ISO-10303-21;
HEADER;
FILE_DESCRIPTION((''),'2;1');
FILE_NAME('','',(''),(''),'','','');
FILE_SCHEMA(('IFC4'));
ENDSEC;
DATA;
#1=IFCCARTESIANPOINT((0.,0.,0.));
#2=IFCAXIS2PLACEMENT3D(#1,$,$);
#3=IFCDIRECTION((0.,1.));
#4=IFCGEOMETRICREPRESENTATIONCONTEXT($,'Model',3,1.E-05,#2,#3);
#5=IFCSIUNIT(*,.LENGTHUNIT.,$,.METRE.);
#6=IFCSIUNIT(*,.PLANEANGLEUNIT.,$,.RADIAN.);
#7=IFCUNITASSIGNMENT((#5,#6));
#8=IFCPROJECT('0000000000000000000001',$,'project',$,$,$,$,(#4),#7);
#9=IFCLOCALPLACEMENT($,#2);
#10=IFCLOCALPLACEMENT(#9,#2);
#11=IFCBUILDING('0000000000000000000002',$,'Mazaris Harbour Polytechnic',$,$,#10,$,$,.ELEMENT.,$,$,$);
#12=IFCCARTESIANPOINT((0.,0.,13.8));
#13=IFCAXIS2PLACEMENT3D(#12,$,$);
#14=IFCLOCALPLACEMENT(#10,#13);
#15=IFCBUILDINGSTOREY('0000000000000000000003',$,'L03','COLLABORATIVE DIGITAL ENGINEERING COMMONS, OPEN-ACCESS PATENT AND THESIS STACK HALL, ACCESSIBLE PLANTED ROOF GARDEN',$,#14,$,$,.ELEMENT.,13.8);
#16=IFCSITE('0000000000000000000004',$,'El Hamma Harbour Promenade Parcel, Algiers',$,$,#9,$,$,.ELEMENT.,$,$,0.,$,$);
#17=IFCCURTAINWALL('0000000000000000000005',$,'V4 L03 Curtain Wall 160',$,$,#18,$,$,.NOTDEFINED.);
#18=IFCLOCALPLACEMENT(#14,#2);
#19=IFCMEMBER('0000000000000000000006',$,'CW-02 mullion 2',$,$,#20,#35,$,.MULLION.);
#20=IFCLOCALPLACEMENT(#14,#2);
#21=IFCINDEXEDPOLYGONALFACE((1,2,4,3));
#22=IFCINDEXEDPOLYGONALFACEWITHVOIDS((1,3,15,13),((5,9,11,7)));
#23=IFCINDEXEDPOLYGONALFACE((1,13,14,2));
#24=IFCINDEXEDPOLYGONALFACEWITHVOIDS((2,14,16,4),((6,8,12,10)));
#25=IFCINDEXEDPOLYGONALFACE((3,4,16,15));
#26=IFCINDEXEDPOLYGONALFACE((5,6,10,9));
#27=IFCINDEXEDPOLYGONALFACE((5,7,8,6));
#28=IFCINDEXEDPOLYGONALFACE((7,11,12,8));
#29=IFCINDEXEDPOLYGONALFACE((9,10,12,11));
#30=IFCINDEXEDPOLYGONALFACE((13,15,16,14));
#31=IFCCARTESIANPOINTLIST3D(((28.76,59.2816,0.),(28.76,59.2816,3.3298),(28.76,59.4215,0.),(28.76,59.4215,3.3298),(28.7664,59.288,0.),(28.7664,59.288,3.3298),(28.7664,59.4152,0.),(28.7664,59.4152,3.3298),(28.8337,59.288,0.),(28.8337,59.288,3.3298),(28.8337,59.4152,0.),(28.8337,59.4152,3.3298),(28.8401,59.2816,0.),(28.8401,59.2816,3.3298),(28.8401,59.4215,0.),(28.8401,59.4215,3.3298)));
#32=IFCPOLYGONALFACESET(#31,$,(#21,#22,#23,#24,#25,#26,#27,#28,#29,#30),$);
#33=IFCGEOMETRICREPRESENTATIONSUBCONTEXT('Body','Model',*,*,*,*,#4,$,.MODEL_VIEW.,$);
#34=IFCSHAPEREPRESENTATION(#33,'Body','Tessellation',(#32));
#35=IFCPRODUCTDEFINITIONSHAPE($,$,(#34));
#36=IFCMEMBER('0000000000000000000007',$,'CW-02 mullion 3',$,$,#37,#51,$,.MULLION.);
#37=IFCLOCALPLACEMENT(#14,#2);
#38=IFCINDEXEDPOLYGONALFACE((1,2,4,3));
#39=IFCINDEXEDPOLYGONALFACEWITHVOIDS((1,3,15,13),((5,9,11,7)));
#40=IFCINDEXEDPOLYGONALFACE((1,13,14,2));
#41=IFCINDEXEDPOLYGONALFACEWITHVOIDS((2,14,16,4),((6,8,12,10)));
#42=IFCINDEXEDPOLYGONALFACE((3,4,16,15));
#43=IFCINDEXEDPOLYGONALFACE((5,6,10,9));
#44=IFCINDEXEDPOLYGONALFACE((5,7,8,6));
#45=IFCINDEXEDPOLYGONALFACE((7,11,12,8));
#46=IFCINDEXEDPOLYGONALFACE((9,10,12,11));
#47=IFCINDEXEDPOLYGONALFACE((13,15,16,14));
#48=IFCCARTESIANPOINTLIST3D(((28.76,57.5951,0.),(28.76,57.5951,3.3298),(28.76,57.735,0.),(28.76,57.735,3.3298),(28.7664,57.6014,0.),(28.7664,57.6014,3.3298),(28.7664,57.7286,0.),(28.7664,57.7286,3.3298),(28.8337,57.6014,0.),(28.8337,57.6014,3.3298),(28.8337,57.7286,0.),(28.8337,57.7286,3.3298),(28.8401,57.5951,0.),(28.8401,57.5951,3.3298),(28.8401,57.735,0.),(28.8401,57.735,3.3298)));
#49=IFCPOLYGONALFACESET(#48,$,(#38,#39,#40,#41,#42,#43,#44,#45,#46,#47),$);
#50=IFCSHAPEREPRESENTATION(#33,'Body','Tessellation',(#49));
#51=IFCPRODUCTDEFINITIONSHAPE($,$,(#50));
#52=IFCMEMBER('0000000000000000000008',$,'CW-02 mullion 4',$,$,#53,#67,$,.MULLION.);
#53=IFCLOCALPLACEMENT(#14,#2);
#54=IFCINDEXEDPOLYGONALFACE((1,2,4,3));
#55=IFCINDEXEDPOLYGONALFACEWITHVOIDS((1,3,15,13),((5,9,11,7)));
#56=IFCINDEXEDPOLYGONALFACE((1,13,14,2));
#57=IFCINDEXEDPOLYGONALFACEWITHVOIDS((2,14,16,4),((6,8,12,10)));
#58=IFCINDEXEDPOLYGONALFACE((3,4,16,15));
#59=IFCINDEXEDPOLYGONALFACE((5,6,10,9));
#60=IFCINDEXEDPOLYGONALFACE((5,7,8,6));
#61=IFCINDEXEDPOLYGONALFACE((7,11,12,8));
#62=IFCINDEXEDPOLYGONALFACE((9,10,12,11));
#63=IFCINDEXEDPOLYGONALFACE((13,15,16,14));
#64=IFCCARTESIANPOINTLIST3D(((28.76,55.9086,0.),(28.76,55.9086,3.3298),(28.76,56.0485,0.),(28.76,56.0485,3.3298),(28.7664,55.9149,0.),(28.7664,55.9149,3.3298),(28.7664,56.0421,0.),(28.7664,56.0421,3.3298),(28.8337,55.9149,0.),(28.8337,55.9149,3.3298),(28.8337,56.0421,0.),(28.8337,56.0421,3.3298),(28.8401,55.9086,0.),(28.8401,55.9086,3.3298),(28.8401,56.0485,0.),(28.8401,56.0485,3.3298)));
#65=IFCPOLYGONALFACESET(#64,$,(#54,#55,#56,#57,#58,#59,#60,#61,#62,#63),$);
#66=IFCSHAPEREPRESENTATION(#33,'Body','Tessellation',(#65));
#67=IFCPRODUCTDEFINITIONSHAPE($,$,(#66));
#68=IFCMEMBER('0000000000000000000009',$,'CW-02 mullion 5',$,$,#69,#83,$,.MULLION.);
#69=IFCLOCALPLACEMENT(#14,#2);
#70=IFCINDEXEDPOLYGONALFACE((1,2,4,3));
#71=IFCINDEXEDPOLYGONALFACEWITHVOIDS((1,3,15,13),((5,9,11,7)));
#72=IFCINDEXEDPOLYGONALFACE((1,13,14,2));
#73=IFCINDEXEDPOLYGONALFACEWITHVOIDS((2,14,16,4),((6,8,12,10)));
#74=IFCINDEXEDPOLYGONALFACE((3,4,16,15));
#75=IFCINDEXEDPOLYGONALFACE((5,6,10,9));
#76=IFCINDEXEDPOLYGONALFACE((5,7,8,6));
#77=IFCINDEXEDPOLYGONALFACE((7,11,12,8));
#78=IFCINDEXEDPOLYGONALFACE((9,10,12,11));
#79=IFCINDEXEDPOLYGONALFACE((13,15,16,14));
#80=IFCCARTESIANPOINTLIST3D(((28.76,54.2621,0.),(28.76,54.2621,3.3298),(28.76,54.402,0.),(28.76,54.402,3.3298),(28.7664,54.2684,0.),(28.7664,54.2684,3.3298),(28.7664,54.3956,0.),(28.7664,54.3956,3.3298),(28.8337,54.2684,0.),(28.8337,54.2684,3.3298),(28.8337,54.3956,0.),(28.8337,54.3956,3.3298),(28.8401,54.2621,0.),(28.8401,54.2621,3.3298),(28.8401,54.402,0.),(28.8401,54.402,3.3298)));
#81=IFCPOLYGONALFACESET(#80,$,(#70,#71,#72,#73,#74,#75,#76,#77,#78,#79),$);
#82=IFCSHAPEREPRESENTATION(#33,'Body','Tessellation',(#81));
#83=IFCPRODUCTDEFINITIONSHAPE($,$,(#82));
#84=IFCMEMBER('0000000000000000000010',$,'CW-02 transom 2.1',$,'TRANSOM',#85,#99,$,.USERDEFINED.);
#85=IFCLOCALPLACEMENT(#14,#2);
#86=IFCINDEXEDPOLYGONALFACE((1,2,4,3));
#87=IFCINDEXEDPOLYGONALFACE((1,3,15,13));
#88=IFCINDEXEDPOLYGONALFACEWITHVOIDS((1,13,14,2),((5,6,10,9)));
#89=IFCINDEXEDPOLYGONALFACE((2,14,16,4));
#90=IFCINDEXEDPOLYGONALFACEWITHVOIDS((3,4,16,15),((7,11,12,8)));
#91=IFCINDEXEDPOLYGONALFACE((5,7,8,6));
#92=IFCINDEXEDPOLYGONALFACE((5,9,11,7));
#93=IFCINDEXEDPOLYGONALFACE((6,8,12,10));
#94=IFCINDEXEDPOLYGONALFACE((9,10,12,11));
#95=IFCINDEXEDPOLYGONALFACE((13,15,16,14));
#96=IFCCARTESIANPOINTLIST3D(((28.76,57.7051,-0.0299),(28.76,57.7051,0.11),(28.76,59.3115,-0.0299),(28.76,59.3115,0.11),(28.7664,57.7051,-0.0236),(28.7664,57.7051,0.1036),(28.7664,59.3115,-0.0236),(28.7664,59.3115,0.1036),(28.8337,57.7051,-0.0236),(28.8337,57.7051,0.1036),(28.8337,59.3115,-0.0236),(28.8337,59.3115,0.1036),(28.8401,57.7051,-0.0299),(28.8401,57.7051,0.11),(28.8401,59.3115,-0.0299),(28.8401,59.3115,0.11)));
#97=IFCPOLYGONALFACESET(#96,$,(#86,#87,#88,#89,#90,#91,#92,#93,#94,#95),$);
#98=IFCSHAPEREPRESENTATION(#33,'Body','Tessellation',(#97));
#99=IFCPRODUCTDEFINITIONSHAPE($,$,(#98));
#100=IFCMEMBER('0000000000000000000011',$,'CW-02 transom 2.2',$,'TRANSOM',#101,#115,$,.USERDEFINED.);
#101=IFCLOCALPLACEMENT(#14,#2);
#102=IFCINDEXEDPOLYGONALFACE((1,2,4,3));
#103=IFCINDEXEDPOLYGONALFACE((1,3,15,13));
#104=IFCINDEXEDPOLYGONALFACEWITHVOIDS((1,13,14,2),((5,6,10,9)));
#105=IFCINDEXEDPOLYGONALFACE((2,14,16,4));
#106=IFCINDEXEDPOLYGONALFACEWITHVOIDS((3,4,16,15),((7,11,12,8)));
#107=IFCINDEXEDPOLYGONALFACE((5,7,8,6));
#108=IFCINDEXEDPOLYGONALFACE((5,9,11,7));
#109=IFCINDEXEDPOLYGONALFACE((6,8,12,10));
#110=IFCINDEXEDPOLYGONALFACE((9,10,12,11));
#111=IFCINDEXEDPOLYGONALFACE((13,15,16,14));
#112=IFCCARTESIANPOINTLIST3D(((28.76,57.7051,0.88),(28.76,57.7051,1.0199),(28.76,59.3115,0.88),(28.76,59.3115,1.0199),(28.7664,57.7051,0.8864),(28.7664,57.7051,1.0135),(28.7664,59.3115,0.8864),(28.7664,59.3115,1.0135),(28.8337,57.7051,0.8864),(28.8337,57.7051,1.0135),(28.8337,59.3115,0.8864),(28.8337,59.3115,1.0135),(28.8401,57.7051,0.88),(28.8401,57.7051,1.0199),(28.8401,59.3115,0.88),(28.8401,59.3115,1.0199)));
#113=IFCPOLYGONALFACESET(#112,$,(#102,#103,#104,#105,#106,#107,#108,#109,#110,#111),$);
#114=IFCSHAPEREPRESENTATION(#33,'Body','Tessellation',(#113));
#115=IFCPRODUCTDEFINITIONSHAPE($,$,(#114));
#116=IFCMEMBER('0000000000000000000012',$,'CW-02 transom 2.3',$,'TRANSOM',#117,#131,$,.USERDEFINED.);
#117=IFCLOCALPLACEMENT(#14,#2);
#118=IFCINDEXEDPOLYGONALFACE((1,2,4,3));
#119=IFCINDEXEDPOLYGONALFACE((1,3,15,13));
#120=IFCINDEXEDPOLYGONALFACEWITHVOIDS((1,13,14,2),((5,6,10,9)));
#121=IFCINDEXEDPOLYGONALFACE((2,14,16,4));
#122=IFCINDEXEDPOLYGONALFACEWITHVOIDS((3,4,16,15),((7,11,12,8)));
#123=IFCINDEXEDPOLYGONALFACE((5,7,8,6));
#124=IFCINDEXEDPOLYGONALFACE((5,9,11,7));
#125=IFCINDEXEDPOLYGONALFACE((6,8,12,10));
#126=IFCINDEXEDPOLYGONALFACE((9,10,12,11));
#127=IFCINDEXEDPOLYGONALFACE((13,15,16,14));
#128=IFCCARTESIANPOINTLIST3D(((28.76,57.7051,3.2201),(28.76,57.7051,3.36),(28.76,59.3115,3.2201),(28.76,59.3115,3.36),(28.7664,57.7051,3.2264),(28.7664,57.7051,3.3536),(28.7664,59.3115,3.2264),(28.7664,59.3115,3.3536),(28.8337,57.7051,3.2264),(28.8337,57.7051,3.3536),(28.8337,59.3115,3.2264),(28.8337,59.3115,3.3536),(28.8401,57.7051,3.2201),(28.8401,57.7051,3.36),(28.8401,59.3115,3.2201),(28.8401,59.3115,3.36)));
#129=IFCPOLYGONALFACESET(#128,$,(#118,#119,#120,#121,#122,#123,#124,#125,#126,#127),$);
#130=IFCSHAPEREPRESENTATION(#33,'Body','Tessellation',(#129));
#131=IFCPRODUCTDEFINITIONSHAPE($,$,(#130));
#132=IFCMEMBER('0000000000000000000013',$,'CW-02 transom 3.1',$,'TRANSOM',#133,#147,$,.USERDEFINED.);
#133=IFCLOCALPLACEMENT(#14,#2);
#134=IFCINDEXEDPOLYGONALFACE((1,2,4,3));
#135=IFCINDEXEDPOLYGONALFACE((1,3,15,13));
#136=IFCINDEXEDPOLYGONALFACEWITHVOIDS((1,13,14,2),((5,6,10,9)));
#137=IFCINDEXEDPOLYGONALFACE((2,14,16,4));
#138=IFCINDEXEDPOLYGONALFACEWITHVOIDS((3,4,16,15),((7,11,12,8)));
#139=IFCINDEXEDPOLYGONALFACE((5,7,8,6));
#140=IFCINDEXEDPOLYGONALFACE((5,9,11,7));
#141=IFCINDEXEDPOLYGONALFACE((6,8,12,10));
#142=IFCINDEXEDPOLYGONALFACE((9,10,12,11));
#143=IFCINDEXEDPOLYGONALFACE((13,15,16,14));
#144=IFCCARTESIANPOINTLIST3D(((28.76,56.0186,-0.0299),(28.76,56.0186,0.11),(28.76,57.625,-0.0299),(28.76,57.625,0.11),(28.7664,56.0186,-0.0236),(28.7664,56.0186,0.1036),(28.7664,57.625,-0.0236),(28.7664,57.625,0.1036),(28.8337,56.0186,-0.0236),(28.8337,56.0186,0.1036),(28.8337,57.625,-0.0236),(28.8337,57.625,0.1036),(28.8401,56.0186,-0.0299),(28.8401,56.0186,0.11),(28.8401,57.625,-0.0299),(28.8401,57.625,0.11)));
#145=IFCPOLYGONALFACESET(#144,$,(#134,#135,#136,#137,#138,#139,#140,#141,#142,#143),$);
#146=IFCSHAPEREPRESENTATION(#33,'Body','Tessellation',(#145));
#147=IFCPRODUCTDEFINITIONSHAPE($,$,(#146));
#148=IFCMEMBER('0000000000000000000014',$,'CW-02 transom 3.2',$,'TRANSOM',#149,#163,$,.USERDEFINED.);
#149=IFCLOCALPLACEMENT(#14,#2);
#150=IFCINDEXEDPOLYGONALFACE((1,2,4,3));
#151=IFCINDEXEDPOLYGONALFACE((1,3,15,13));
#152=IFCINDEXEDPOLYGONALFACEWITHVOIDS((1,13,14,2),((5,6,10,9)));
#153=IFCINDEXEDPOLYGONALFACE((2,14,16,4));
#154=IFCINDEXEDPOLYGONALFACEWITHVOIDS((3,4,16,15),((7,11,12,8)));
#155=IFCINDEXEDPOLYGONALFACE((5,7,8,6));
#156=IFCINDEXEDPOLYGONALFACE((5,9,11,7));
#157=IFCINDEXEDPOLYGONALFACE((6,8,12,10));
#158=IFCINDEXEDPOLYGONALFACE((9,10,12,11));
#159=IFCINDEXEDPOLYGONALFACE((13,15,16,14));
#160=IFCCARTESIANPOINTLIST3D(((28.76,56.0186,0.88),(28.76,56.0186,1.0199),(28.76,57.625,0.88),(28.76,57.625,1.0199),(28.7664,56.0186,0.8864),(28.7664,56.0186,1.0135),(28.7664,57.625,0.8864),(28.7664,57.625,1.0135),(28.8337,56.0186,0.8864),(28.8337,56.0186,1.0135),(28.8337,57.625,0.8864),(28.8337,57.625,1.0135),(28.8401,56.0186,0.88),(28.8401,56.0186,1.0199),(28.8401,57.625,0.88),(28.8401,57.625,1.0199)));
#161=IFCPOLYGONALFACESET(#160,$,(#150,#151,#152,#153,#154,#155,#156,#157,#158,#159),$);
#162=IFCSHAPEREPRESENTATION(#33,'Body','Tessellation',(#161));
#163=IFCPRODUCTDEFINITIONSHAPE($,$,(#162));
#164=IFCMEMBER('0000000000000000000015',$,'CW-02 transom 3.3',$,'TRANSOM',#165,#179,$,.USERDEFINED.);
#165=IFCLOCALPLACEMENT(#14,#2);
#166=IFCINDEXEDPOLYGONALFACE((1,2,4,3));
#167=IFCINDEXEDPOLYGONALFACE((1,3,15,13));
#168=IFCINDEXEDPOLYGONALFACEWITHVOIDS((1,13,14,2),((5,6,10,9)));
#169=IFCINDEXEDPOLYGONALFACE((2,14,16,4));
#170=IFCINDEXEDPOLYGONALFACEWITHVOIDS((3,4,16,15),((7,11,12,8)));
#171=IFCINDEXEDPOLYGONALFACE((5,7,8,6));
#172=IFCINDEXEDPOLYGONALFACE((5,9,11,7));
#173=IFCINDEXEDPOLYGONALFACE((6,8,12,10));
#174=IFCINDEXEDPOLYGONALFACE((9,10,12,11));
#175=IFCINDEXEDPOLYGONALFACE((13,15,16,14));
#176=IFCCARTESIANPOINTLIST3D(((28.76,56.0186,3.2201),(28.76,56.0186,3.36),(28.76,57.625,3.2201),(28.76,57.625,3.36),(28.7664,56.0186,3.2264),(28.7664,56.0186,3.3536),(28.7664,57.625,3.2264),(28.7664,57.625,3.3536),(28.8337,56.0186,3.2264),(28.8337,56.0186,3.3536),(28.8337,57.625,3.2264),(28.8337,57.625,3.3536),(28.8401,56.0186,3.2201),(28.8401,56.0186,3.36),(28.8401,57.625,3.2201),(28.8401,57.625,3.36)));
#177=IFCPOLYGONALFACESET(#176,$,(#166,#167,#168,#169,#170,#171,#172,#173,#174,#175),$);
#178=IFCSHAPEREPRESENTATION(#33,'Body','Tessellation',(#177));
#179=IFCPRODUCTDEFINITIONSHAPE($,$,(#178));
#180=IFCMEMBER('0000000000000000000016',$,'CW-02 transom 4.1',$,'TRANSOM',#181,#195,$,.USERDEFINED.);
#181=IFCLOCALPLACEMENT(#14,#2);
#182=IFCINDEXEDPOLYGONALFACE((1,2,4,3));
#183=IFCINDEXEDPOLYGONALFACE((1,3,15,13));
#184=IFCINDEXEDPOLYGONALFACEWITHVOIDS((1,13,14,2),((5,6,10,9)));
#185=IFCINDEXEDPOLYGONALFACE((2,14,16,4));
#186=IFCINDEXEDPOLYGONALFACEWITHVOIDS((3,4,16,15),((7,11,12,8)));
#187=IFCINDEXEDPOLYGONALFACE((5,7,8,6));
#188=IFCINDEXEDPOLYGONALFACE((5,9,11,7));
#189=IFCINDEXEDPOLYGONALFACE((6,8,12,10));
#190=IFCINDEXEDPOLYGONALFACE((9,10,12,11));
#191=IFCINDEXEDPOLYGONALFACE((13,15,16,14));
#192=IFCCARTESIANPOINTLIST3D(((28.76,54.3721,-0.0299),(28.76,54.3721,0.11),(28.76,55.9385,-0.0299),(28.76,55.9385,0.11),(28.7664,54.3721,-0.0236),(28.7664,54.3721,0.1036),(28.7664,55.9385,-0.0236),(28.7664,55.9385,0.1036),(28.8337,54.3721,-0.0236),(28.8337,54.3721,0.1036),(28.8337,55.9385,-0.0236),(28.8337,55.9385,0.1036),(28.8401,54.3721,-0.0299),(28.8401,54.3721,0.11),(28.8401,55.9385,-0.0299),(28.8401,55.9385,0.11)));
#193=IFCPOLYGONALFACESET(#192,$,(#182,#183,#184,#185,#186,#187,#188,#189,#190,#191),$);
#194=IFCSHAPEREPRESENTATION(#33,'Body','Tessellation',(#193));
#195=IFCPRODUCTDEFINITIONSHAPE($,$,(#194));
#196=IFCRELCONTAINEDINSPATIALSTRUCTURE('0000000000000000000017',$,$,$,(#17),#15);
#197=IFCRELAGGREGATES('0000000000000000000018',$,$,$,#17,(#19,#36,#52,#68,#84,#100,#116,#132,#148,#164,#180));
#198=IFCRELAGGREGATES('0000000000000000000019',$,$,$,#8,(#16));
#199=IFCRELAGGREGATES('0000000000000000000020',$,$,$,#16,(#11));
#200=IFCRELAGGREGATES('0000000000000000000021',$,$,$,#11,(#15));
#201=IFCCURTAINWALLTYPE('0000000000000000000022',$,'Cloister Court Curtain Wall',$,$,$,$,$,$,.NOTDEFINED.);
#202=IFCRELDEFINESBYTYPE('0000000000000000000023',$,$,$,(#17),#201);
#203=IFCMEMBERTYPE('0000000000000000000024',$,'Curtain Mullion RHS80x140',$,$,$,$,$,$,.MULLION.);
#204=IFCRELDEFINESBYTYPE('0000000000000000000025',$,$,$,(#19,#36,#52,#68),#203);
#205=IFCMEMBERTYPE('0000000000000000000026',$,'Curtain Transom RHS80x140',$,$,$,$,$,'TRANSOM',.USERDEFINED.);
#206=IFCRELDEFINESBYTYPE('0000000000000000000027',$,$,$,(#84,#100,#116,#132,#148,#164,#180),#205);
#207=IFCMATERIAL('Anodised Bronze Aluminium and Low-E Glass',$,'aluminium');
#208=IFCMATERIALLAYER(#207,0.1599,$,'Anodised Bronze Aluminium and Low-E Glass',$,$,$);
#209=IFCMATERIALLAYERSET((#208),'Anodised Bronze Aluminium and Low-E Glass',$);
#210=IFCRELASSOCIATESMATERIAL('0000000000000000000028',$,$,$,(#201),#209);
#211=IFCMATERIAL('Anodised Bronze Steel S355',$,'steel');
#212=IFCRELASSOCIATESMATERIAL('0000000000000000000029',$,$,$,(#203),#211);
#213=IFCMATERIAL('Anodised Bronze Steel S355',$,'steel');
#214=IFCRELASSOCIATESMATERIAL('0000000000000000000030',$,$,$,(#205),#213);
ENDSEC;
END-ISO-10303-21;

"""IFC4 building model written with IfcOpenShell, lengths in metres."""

from ifc_helpers import new_model, si_unit, direction, frame, origin, origin_2d, place, context, subcontext, project, spatial, hollow_rectangle, extrude, material, layer, layer_set, material_profile, profile_set, type_object, element, aggregate, save


model = new_model("IFC4")

# Units and contexts
model_context = context("Model", 3, precision=1e-05, world=origin(), true_north=direction((0.0, 1.0)))
body_context = subcontext(model_context, "Body", "Model", "MODEL_VIEW")
ifc_project = project(units=[si_unit("LENGTHUNIT", "METRE"), si_unit("PLANEANGLEUNIT", "RADIAN")], contexts=[model_context])

# Site, building, storey
site_placement = place(None, origin())
site = spatial("IfcSite", under=ifc_project, at=site_placement, Name="El Hamma Harbour Promenade Parcel, Algiers", CompositionType="ELEMENT", RefElevation=0.0)
building_placement = place(site_placement, origin())
building = spatial("IfcBuilding", under=site, at=building_placement, Name="Mazaris Harbour Polytechnic", CompositionType="ELEMENT")
storey_placement = place(building_placement, frame((0.0, 0.0, 13.8)))
storey = spatial("IfcBuildingStorey", under=building, at=storey_placement, Name="L03", Description="COLLABORATIVE DIGITAL ENGINEERING COMMONS, OPEN-ACCESS PATENT AND THESIS STACK HALL, ACCESSIBLE PLANTED ROOF GARDEN", CompositionType="ELEMENT", Elevation=13.8)

# Curtain wall, members
ifc_material_1 = material(Name="Anodised Bronze Aluminium and Low-E Glass", Category="aluminium")
ifc_layer_1 = layer(ifc_material_1, 0.1599, Name="Anodised Bronze Aluminium and Low-E Glass")
ifc_layer_set_1 = layer_set([ifc_layer_1], Name="Anodised Bronze Aluminium and Low-E Glass")
curtain_wall_type = type_object("IfcCurtainWallType", Name="Cloister Court Curtain Wall", PredefinedType="NOTDEFINED", material=ifc_layer_set_1)
curtain_wall_placement = place(storey_placement, origin())
curtain_wall = element("IfcCurtainWall", 1, at=curtain_wall_placement, inside=storey, type_object=curtain_wall_type, Name="V4 L03 Curtain Wall 160", PredefinedType="NOTDEFINED")
ifc_material_2 = material(Name="Anodised Bronze Steel S355", Category="steel")
ifc_material_profile_1 = material_profile(ifc_material_2, hollow_rectangle(XDim=0.0801, YDim=0.1399, WallThickness=0.0063, at=origin_2d()), Name="RHS 80x140x6.3")
ifc_profile_set_1 = profile_set([ifc_material_profile_1], Name="Anodised Bronze Steel S355")
member_type_1 = type_object("IfcMemberType", Name="Curtain Mullion RHS80x140", PredefinedType="MULLION", material=ifc_profile_set_1)
member_1_placement = place(storey_placement, frame((28.8, 59.3516, 0.0), z_axis=(0.0, 0.0, 1.0), x_axis=(1.0, 0.0, 0.0)))
member_1 = element("IfcMember", 2, at=member_1_placement, type_object=member_type_1, Name="CW-02 mullion 2", PredefinedType="MULLION", context=body_context, shape_type="SweptSolid", body=[
    extrude(hollow_rectangle(XDim=0.0801, YDim=0.1399, WallThickness=0.0063, at=origin_2d()), origin(), (0.0, 0.0, 1.0), 3.3298),
])
member_2_placement = place(storey_placement, frame((28.8, 57.665, 0.0), z_axis=(0.0, 0.0, 1.0), x_axis=(1.0, 0.0, 0.0)))
member_2 = element("IfcMember", 3, at=member_2_placement, type_object=member_type_1, Name="CW-02 mullion 3", PredefinedType="MULLION", context=body_context, shape_type="SweptSolid", body=[
    extrude(hollow_rectangle(XDim=0.0801, YDim=0.1399, WallThickness=0.0063, at=origin_2d()), origin(), (0.0, 0.0, 1.0), 3.3298),
])
member_3_placement = place(storey_placement, frame((28.8, 55.9785, 0.0), z_axis=(0.0, 0.0, 1.0), x_axis=(1.0, 0.0, 0.0)))
member_3 = element("IfcMember", 4, at=member_3_placement, type_object=member_type_1, Name="CW-02 mullion 4", PredefinedType="MULLION", context=body_context, shape_type="SweptSolid", body=[
    extrude(hollow_rectangle(XDim=0.0801, YDim=0.1399, WallThickness=0.0063, at=origin_2d()), origin(), (0.0, 0.0, 1.0), 3.3298),
])
member_4_placement = place(storey_placement, frame((28.8, 54.332, 0.0), z_axis=(0.0, 0.0, 1.0), x_axis=(1.0, 0.0, 0.0)))
member_4 = element("IfcMember", 5, at=member_4_placement, type_object=member_type_1, Name="CW-02 mullion 5", PredefinedType="MULLION", context=body_context, shape_type="SweptSolid", body=[
    extrude(hollow_rectangle(XDim=0.0801, YDim=0.1399, WallThickness=0.0063, at=origin_2d()), origin(), (0.0, 0.0, 1.0), 3.3298),
])
ifc_material_3 = material(Name="Anodised Bronze Steel S355", Category="steel")
ifc_material_profile_2 = material_profile(ifc_material_3, hollow_rectangle(XDim=0.0801, YDim=0.1399, WallThickness=0.0063, at=origin_2d()), Name="RHS 80x140x6.3")
ifc_profile_set_2 = profile_set([ifc_material_profile_2], Name="Anodised Bronze Steel S355")
member_type_2 = type_object("IfcMemberType", Name="Curtain Transom RHS80x140", ElementType="TRANSOM", PredefinedType="USERDEFINED", material=ifc_profile_set_2)
member_5_placement = place(storey_placement, frame((28.8, 59.3115, 0.04), z_axis=(0.0, -1.0, 0.0), x_axis=(1.0, 0.0, 0.0)))
member_5 = element("IfcMember", 6, at=member_5_placement, type_object=member_type_2, Name="CW-02 transom 2.1", ObjectType="TRANSOM", PredefinedType="USERDEFINED", context=body_context, shape_type="SweptSolid", body=[
    extrude(hollow_rectangle(XDim=0.0801, YDim=0.1399, WallThickness=0.0063, at=origin_2d()), origin(), (0.0, 0.0, 1.0), 1.6064),
])
member_6_placement = place(storey_placement, frame((28.8, 59.3115, 0.95), z_axis=(0.0, -1.0, 0.0), x_axis=(1.0, 0.0, 0.0)))
member_6 = element("IfcMember", 7, at=member_6_placement, type_object=member_type_2, Name="CW-02 transom 2.2", ObjectType="TRANSOM", PredefinedType="USERDEFINED", context=body_context, shape_type="SweptSolid", body=[
    extrude(hollow_rectangle(XDim=0.0801, YDim=0.1399, WallThickness=0.0063, at=origin_2d()), origin(), (0.0, 0.0, 1.0), 1.6064),
])
member_7_placement = place(storey_placement, frame((28.8, 59.3115, 3.29), z_axis=(0.0, -1.0, 0.0), x_axis=(1.0, 0.0, 0.0)))
member_7 = element("IfcMember", 8, at=member_7_placement, type_object=member_type_2, Name="CW-02 transom 2.3", ObjectType="TRANSOM", PredefinedType="USERDEFINED", context=body_context, shape_type="SweptSolid", body=[
    extrude(hollow_rectangle(XDim=0.0801, YDim=0.1399, WallThickness=0.0063, at=origin_2d()), origin(), (0.0, 0.0, 1.0), 1.6064),
])
member_8_placement = place(storey_placement, frame((28.8, 57.625, 0.04), z_axis=(0.0, -1.0, 0.0), x_axis=(1.0, 0.0, 0.0)))
member_8 = element("IfcMember", 9, at=member_8_placement, type_object=member_type_2, Name="CW-02 transom 3.1", ObjectType="TRANSOM", PredefinedType="USERDEFINED", context=body_context, shape_type="SweptSolid", body=[
    extrude(hollow_rectangle(XDim=0.0801, YDim=0.1399, WallThickness=0.0063, at=origin_2d()), origin(), (0.0, 0.0, 1.0), 1.6064),
])
member_9_placement = place(storey_placement, frame((28.8, 57.625, 0.95), z_axis=(0.0, -1.0, 0.0), x_axis=(1.0, 0.0, 0.0)))
member_9 = element("IfcMember", 10, at=member_9_placement, type_object=member_type_2, Name="CW-02 transom 3.2", ObjectType="TRANSOM", PredefinedType="USERDEFINED", context=body_context, shape_type="SweptSolid", body=[
    extrude(hollow_rectangle(XDim=0.0801, YDim=0.1399, WallThickness=0.0063, at=origin_2d()), origin(), (0.0, 0.0, 1.0), 1.6064),
])
member_10_placement = place(storey_placement, frame((28.8, 57.625, 3.29), z_axis=(0.0, -1.0, 0.0), x_axis=(1.0, 0.0, 0.0)))
member_10 = element("IfcMember", 11, at=member_10_placement, type_object=member_type_2, Name="CW-02 transom 3.3", ObjectType="TRANSOM", PredefinedType="USERDEFINED", context=body_context, shape_type="SweptSolid", body=[
    extrude(hollow_rectangle(XDim=0.0801, YDim=0.1399, WallThickness=0.0063, at=origin_2d()), origin(), (0.0, 0.0, 1.0), 1.6064),
])
member_11_placement = place(storey_placement, frame((28.8, 55.9385, 0.04), z_axis=(0.0, -1.0, 0.0), x_axis=(1.0, 0.0, 0.0)))
member_11 = element("IfcMember", 12, at=member_11_placement, type_object=member_type_2, Name="CW-02 transom 4.1", ObjectType="TRANSOM", PredefinedType="USERDEFINED", context=body_context, shape_type="SweptSolid", body=[
    extrude(hollow_rectangle(XDim=0.0801, YDim=0.1399, WallThickness=0.0063, at=origin_2d()), origin(), (0.0, 0.0, 1.0), 1.5664),
])

aggregate(curtain_wall, [member_1, member_2, member_3, member_4, member_5, member_6, member_7, member_8, member_9, member_10, member_11])

save(model, "model.ifc")
